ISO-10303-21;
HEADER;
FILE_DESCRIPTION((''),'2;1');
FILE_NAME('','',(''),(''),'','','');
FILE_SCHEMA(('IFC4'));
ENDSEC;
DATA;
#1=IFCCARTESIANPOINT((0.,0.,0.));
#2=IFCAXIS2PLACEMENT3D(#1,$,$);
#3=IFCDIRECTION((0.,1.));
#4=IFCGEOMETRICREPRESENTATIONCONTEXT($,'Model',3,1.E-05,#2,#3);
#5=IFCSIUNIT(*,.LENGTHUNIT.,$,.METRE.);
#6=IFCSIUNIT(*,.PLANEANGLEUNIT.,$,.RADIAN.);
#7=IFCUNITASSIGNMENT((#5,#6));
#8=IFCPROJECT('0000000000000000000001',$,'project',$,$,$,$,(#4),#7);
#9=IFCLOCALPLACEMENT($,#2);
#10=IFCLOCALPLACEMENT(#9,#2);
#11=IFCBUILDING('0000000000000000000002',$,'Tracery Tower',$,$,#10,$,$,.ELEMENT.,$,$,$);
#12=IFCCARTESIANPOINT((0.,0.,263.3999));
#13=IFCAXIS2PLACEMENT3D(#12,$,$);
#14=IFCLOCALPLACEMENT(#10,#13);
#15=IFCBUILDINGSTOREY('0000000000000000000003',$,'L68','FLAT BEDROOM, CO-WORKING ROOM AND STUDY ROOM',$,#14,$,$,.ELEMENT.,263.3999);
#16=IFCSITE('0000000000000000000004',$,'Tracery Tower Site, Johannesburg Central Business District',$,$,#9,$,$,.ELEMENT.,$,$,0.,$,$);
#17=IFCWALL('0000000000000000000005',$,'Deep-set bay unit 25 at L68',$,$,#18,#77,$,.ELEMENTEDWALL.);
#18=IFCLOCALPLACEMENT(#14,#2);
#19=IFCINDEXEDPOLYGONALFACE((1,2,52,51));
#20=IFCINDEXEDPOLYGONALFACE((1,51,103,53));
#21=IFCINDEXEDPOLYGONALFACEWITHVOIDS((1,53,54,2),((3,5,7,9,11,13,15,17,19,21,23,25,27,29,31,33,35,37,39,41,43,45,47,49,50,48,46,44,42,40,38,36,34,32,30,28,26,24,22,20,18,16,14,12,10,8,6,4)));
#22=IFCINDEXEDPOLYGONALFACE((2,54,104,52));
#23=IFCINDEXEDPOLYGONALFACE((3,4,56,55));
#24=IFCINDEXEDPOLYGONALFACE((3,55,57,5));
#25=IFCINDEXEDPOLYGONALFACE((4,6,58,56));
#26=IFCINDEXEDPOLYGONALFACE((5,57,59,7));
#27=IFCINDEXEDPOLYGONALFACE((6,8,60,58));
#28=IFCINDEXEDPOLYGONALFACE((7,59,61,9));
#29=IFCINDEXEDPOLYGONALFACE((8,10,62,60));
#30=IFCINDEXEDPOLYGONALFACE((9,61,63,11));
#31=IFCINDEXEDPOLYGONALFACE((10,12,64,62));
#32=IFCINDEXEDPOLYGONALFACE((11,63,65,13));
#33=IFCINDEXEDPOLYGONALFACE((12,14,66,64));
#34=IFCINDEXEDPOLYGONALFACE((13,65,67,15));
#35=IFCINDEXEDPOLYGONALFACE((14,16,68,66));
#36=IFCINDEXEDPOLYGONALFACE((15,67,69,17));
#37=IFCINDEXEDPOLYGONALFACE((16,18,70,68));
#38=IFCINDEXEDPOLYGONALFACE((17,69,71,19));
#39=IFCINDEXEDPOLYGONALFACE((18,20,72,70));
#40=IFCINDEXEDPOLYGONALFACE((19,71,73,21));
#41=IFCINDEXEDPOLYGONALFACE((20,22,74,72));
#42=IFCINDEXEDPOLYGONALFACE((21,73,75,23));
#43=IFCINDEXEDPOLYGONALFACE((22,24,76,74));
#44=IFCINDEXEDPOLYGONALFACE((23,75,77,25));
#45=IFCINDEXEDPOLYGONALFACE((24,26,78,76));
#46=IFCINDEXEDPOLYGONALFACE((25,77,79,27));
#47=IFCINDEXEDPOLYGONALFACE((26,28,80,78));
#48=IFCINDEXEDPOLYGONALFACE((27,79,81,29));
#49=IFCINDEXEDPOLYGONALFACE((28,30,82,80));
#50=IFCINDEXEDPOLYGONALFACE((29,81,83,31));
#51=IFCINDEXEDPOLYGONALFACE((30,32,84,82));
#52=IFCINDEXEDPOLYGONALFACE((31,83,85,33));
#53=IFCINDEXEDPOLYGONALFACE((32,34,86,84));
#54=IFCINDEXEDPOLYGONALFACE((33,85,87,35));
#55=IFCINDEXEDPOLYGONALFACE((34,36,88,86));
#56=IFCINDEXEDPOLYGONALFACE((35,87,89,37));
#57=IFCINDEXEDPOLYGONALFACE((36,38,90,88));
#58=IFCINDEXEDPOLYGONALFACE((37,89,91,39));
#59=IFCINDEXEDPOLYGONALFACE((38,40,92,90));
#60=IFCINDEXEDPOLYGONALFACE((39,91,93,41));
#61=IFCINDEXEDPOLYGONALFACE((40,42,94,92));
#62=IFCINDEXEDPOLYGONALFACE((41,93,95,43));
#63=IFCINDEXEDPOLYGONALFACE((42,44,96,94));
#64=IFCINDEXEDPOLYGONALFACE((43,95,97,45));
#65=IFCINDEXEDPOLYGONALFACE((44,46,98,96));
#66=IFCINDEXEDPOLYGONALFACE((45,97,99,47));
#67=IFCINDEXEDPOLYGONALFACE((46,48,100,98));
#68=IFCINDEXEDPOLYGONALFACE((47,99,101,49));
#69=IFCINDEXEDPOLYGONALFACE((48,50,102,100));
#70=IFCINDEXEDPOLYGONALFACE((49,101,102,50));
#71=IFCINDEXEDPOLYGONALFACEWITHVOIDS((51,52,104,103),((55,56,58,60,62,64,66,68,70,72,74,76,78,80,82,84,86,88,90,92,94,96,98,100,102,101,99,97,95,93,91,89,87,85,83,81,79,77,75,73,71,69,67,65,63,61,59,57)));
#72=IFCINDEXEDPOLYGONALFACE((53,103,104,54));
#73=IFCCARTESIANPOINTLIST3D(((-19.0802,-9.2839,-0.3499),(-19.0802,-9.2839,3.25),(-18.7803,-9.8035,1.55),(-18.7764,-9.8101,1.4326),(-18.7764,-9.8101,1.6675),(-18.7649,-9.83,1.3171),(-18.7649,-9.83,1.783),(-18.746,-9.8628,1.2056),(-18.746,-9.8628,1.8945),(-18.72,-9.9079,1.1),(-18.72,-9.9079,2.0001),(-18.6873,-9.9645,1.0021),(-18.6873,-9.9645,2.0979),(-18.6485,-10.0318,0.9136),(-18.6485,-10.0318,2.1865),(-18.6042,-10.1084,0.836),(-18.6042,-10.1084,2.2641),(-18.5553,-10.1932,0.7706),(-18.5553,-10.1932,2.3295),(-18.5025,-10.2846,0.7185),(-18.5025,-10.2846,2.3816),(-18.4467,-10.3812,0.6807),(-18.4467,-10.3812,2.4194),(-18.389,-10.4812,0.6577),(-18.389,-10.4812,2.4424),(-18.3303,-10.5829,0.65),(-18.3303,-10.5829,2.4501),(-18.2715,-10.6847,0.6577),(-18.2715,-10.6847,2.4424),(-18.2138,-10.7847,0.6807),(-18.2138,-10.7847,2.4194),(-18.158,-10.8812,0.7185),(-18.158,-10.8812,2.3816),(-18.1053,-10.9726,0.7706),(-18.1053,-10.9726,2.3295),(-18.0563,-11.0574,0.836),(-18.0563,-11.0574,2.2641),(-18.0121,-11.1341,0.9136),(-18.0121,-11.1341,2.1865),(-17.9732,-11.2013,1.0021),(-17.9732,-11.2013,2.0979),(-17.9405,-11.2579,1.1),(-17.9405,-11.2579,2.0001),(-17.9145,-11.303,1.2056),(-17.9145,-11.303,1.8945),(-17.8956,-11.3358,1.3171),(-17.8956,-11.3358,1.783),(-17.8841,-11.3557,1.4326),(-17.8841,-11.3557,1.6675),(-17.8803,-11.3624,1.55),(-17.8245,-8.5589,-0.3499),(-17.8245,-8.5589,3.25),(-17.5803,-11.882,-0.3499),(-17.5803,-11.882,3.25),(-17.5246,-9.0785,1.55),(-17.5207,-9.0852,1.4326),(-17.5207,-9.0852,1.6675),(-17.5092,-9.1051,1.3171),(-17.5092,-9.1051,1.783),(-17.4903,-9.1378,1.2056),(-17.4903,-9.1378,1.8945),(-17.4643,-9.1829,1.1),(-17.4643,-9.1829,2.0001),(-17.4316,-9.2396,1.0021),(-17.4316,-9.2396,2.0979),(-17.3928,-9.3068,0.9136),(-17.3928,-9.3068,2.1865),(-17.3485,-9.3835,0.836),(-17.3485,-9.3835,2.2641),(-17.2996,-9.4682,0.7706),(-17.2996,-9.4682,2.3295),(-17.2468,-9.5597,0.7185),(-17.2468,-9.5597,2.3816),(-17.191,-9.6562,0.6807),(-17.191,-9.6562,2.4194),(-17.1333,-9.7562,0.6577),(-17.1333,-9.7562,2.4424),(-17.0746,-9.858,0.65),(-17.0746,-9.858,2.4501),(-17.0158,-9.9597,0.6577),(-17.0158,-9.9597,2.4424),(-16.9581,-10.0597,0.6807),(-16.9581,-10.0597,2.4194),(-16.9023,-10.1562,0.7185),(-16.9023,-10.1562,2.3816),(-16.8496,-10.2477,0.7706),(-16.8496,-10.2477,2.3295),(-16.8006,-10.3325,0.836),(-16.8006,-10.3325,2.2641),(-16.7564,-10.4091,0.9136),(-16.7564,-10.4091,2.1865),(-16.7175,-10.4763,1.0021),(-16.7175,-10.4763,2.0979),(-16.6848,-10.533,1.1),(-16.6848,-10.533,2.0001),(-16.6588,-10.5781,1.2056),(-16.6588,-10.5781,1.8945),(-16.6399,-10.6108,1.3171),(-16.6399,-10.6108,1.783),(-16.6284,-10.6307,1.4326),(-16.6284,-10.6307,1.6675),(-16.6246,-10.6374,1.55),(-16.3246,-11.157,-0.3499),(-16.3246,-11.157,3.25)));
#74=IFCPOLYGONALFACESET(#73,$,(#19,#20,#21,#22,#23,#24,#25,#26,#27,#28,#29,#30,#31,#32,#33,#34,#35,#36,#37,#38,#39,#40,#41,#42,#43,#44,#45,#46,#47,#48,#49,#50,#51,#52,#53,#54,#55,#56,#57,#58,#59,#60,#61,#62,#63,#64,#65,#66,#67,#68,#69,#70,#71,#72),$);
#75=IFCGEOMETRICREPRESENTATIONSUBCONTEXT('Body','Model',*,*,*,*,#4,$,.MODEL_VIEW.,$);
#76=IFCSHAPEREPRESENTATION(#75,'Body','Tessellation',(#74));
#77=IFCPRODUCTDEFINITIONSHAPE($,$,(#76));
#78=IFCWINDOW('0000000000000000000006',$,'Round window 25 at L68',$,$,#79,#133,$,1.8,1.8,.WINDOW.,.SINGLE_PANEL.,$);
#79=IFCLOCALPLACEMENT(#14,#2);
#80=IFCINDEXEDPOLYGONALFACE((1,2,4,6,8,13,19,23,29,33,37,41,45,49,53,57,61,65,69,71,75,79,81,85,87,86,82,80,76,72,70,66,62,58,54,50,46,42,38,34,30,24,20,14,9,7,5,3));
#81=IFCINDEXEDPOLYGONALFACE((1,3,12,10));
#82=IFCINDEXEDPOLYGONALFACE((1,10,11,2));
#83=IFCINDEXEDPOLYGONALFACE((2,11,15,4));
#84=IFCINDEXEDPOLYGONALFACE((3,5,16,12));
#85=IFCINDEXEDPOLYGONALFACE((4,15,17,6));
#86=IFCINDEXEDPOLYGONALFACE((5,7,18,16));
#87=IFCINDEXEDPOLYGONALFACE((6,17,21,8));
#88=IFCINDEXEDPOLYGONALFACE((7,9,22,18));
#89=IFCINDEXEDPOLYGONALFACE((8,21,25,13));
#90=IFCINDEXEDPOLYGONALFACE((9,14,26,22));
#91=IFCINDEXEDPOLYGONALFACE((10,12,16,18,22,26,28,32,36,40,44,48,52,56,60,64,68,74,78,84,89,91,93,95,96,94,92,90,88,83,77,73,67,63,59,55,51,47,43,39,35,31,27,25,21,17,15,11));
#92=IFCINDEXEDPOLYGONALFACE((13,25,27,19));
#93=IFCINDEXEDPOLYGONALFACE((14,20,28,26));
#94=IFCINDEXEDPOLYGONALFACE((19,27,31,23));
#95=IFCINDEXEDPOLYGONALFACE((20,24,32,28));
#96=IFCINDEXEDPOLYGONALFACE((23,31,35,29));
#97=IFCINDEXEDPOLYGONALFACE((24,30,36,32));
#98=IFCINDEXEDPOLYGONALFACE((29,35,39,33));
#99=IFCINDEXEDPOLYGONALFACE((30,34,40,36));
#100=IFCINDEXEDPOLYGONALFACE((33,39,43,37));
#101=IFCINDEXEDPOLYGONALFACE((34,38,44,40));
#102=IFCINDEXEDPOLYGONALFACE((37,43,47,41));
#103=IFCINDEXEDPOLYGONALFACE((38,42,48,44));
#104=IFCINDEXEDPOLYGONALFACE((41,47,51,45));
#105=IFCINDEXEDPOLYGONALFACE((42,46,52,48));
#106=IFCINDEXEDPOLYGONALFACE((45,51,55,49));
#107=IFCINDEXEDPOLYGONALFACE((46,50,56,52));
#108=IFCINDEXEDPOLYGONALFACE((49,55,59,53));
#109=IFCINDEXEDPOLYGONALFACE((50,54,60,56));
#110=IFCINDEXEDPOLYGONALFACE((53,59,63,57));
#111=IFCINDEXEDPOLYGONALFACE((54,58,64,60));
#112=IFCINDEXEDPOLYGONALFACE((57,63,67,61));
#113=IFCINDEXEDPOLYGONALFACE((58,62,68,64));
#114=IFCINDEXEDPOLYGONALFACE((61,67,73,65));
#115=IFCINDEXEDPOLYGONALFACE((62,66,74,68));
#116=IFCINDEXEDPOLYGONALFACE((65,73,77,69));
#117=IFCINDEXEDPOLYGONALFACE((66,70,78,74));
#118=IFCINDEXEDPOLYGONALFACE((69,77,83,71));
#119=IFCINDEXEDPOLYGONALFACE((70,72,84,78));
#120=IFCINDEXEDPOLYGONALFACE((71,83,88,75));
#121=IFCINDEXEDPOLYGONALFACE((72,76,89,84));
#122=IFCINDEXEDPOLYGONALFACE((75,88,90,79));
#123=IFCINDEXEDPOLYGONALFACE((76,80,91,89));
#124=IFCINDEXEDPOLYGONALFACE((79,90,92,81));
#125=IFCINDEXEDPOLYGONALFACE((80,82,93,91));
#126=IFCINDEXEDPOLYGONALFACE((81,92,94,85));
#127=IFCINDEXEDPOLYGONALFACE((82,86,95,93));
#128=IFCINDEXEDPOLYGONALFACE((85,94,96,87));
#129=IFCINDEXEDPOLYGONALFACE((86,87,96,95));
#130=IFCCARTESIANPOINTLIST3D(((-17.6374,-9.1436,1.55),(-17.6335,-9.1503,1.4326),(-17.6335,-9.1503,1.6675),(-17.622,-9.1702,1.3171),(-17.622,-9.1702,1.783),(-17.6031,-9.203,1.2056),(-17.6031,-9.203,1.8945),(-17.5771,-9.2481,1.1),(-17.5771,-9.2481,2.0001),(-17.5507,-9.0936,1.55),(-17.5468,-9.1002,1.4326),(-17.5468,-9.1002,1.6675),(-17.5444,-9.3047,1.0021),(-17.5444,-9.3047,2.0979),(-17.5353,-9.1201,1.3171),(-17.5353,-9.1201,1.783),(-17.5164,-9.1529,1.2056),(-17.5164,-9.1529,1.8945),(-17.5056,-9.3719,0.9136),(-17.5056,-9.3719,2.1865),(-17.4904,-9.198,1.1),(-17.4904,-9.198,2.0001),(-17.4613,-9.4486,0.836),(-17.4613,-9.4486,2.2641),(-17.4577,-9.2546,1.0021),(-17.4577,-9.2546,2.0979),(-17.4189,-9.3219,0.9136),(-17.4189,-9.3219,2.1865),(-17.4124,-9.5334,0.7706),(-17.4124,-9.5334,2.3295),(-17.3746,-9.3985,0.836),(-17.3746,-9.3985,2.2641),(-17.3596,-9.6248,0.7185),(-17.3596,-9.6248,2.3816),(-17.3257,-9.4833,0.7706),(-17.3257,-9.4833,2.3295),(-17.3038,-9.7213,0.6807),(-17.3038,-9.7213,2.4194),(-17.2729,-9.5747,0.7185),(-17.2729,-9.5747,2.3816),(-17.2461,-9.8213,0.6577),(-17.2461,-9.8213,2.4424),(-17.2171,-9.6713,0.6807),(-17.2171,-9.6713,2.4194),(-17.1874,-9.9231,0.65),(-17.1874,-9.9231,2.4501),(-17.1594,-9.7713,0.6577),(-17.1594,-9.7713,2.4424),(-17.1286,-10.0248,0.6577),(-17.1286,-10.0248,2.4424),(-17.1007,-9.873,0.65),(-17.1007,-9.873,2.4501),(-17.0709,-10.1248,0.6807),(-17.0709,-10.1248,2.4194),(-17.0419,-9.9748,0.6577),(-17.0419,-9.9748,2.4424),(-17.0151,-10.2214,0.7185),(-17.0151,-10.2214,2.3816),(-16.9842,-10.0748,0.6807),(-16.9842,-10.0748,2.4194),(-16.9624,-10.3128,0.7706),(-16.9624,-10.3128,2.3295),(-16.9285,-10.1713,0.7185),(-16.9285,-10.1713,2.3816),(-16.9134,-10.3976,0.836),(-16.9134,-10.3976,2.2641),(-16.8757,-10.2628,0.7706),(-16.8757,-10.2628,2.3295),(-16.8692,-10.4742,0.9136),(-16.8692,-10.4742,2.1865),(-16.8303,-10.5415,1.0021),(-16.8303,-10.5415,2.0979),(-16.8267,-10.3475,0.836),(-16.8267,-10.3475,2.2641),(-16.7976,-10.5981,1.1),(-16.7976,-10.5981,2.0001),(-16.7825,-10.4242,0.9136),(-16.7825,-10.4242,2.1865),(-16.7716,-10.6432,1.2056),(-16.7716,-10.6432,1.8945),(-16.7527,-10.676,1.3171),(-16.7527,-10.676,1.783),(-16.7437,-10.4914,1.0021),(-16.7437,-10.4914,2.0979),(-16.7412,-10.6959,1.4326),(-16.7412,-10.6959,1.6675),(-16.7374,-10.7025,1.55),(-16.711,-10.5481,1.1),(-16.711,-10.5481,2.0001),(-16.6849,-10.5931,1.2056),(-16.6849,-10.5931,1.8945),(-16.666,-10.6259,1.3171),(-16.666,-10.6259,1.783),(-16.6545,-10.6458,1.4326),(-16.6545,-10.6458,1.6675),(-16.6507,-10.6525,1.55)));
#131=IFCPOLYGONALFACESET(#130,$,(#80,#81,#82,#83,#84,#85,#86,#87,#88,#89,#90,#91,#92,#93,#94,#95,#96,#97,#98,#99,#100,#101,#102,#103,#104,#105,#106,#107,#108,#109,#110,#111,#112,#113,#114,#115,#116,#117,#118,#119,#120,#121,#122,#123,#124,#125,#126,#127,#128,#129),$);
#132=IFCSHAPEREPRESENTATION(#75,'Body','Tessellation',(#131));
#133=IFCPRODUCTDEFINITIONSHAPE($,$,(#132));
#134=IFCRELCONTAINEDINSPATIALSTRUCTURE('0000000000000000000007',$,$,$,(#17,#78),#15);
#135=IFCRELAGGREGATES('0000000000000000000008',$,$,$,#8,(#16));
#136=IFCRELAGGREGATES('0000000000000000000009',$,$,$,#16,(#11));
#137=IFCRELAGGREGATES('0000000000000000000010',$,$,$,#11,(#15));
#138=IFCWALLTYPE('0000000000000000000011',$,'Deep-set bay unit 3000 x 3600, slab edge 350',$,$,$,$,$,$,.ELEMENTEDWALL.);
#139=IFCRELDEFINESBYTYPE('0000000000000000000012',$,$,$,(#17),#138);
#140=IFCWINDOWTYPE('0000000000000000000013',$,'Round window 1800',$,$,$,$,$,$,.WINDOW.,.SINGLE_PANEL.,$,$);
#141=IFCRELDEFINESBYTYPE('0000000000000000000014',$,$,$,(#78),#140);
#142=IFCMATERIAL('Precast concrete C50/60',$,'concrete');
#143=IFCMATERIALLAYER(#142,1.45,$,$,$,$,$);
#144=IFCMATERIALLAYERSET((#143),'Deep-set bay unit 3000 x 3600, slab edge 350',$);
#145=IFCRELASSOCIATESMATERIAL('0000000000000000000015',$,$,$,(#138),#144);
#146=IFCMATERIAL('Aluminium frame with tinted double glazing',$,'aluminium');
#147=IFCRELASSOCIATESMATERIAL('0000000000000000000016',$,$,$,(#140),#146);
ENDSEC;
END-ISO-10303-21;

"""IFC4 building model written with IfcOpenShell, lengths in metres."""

from ifc_helpers import new_model, si_unit, direction, frame, frame_2d, origin, origin_2d, place, context, subcontext, project, spatial, rectangle, circle, extrude, material, layer, layer_set, type_object, element, fill, save


model = new_model("IFC4")

# Units and contexts
model_context = context("Model", 3, precision=1e-05, world=origin(), true_north=direction((0.0, 1.0)))
body_context = subcontext(model_context, "Body", "Model", "MODEL_VIEW")
ifc_project = project(units=[si_unit("LENGTHUNIT", "METRE"), si_unit("PLANEANGLEUNIT", "RADIAN")], contexts=[model_context])

# Site, building, storey
site_placement = place(None, origin())
site = spatial("IfcSite", under=ifc_project, at=site_placement, Name="Tracery Tower Site, Johannesburg Central Business District", CompositionType="ELEMENT", RefElevation=0.0)
building_placement = place(site_placement, origin())
building = spatial("IfcBuilding", under=site, at=building_placement, Name="Tracery Tower", CompositionType="ELEMENT")
storey_placement = place(building_placement, frame((0.0, 0.0, 263.3999)))
storey = spatial("IfcBuildingStorey", under=building, at=storey_placement, Name="L68", Description="FLAT BEDROOM, CO-WORKING ROOM AND STUDY ROOM", CompositionType="ELEMENT", Elevation=263.3999)

# Wall, opening, window
ifc_material_1 = material(Name="Precast concrete C50/60", Category="concrete")
ifc_layer_1 = layer(ifc_material_1, 1.45)
ifc_layer_set_1 = layer_set([ifc_layer_1], Name="Deep-set bay unit 3000 x 3600, slab edge 350")
wall_type_1 = type_object("IfcWallType", Name="Deep-set bay unit 3000 x 3600, slab edge 350", PredefinedType="ELEMENTEDWALL", material=ifc_layer_set_1)
wall_1_placement = place(storey_placement, frame((-18.4524, -8.9214, -0.3499), z_axis=(0.0, 0.0, 1.0), x_axis=(0.49999, -0.866031, 0.0)))
wall_1 = element("IfcWall", 1, at=wall_1_placement, inside=storey, type_object=wall_type_1, Name="Deep-set bay unit 25 at L68", PredefinedType="ELEMENTEDWALL", context=body_context, shape_type="SweptSolid", body=[
    extrude(rectangle(XDim=3.0, YDim=1.45, at=frame_2d((1.5, 0.0))), origin(), (0.0, 0.0, 1.0), 3.5999),
])
opening_1_placement = place(wall_1_placement, frame((1.5, 0.0, 1.8999)))
opening_1 = element("IfcOpeningElement", 2, at=opening_1_placement, cuts=wall_1, PredefinedType="OPENING", context=body_context, shape_type="SweptSolid", body=[
    extrude(circle(Radius=0.9, at=origin_2d()), frame((0.0, 0.7349, 0.0), z_axis=(0.0, -1.0, 0.0), x_axis=(1.0, 0.0, 0.0)), (0.0, 0.0, 1.0), 1.47),
])
ifc_material_2 = material(Name="Aluminium frame with tinted double glazing", Category="aluminium")
window_type = type_object("IfcWindowType", Name="Round window 1800", PartitioningType="SINGLE_PANEL", PredefinedType="WINDOW", material=ifc_material_2)
window_1_placement = place(opening_1_placement, origin())
window_1 = element("IfcWindow", 3, at=window_1_placement, inside=storey, type_object=window_type, Name="Round window 25 at L68", OverallHeight=1.8, OverallWidth=1.8, PartitioningType="SINGLE_PANEL", PredefinedType="WINDOW", context=body_context, shape_type="SweptSolid", body=[
    extrude(circle(Radius=0.9, at=origin_2d()), frame((0.0, 0.6948, 0.0), z_axis=(0.0, -1.0, 0.0), x_axis=(1.0, 0.0, 0.0)), (0.0, 0.0, 1.0), 0.1001),
])
fill(opening_1, window_1)

save(model, "model.ifc")
